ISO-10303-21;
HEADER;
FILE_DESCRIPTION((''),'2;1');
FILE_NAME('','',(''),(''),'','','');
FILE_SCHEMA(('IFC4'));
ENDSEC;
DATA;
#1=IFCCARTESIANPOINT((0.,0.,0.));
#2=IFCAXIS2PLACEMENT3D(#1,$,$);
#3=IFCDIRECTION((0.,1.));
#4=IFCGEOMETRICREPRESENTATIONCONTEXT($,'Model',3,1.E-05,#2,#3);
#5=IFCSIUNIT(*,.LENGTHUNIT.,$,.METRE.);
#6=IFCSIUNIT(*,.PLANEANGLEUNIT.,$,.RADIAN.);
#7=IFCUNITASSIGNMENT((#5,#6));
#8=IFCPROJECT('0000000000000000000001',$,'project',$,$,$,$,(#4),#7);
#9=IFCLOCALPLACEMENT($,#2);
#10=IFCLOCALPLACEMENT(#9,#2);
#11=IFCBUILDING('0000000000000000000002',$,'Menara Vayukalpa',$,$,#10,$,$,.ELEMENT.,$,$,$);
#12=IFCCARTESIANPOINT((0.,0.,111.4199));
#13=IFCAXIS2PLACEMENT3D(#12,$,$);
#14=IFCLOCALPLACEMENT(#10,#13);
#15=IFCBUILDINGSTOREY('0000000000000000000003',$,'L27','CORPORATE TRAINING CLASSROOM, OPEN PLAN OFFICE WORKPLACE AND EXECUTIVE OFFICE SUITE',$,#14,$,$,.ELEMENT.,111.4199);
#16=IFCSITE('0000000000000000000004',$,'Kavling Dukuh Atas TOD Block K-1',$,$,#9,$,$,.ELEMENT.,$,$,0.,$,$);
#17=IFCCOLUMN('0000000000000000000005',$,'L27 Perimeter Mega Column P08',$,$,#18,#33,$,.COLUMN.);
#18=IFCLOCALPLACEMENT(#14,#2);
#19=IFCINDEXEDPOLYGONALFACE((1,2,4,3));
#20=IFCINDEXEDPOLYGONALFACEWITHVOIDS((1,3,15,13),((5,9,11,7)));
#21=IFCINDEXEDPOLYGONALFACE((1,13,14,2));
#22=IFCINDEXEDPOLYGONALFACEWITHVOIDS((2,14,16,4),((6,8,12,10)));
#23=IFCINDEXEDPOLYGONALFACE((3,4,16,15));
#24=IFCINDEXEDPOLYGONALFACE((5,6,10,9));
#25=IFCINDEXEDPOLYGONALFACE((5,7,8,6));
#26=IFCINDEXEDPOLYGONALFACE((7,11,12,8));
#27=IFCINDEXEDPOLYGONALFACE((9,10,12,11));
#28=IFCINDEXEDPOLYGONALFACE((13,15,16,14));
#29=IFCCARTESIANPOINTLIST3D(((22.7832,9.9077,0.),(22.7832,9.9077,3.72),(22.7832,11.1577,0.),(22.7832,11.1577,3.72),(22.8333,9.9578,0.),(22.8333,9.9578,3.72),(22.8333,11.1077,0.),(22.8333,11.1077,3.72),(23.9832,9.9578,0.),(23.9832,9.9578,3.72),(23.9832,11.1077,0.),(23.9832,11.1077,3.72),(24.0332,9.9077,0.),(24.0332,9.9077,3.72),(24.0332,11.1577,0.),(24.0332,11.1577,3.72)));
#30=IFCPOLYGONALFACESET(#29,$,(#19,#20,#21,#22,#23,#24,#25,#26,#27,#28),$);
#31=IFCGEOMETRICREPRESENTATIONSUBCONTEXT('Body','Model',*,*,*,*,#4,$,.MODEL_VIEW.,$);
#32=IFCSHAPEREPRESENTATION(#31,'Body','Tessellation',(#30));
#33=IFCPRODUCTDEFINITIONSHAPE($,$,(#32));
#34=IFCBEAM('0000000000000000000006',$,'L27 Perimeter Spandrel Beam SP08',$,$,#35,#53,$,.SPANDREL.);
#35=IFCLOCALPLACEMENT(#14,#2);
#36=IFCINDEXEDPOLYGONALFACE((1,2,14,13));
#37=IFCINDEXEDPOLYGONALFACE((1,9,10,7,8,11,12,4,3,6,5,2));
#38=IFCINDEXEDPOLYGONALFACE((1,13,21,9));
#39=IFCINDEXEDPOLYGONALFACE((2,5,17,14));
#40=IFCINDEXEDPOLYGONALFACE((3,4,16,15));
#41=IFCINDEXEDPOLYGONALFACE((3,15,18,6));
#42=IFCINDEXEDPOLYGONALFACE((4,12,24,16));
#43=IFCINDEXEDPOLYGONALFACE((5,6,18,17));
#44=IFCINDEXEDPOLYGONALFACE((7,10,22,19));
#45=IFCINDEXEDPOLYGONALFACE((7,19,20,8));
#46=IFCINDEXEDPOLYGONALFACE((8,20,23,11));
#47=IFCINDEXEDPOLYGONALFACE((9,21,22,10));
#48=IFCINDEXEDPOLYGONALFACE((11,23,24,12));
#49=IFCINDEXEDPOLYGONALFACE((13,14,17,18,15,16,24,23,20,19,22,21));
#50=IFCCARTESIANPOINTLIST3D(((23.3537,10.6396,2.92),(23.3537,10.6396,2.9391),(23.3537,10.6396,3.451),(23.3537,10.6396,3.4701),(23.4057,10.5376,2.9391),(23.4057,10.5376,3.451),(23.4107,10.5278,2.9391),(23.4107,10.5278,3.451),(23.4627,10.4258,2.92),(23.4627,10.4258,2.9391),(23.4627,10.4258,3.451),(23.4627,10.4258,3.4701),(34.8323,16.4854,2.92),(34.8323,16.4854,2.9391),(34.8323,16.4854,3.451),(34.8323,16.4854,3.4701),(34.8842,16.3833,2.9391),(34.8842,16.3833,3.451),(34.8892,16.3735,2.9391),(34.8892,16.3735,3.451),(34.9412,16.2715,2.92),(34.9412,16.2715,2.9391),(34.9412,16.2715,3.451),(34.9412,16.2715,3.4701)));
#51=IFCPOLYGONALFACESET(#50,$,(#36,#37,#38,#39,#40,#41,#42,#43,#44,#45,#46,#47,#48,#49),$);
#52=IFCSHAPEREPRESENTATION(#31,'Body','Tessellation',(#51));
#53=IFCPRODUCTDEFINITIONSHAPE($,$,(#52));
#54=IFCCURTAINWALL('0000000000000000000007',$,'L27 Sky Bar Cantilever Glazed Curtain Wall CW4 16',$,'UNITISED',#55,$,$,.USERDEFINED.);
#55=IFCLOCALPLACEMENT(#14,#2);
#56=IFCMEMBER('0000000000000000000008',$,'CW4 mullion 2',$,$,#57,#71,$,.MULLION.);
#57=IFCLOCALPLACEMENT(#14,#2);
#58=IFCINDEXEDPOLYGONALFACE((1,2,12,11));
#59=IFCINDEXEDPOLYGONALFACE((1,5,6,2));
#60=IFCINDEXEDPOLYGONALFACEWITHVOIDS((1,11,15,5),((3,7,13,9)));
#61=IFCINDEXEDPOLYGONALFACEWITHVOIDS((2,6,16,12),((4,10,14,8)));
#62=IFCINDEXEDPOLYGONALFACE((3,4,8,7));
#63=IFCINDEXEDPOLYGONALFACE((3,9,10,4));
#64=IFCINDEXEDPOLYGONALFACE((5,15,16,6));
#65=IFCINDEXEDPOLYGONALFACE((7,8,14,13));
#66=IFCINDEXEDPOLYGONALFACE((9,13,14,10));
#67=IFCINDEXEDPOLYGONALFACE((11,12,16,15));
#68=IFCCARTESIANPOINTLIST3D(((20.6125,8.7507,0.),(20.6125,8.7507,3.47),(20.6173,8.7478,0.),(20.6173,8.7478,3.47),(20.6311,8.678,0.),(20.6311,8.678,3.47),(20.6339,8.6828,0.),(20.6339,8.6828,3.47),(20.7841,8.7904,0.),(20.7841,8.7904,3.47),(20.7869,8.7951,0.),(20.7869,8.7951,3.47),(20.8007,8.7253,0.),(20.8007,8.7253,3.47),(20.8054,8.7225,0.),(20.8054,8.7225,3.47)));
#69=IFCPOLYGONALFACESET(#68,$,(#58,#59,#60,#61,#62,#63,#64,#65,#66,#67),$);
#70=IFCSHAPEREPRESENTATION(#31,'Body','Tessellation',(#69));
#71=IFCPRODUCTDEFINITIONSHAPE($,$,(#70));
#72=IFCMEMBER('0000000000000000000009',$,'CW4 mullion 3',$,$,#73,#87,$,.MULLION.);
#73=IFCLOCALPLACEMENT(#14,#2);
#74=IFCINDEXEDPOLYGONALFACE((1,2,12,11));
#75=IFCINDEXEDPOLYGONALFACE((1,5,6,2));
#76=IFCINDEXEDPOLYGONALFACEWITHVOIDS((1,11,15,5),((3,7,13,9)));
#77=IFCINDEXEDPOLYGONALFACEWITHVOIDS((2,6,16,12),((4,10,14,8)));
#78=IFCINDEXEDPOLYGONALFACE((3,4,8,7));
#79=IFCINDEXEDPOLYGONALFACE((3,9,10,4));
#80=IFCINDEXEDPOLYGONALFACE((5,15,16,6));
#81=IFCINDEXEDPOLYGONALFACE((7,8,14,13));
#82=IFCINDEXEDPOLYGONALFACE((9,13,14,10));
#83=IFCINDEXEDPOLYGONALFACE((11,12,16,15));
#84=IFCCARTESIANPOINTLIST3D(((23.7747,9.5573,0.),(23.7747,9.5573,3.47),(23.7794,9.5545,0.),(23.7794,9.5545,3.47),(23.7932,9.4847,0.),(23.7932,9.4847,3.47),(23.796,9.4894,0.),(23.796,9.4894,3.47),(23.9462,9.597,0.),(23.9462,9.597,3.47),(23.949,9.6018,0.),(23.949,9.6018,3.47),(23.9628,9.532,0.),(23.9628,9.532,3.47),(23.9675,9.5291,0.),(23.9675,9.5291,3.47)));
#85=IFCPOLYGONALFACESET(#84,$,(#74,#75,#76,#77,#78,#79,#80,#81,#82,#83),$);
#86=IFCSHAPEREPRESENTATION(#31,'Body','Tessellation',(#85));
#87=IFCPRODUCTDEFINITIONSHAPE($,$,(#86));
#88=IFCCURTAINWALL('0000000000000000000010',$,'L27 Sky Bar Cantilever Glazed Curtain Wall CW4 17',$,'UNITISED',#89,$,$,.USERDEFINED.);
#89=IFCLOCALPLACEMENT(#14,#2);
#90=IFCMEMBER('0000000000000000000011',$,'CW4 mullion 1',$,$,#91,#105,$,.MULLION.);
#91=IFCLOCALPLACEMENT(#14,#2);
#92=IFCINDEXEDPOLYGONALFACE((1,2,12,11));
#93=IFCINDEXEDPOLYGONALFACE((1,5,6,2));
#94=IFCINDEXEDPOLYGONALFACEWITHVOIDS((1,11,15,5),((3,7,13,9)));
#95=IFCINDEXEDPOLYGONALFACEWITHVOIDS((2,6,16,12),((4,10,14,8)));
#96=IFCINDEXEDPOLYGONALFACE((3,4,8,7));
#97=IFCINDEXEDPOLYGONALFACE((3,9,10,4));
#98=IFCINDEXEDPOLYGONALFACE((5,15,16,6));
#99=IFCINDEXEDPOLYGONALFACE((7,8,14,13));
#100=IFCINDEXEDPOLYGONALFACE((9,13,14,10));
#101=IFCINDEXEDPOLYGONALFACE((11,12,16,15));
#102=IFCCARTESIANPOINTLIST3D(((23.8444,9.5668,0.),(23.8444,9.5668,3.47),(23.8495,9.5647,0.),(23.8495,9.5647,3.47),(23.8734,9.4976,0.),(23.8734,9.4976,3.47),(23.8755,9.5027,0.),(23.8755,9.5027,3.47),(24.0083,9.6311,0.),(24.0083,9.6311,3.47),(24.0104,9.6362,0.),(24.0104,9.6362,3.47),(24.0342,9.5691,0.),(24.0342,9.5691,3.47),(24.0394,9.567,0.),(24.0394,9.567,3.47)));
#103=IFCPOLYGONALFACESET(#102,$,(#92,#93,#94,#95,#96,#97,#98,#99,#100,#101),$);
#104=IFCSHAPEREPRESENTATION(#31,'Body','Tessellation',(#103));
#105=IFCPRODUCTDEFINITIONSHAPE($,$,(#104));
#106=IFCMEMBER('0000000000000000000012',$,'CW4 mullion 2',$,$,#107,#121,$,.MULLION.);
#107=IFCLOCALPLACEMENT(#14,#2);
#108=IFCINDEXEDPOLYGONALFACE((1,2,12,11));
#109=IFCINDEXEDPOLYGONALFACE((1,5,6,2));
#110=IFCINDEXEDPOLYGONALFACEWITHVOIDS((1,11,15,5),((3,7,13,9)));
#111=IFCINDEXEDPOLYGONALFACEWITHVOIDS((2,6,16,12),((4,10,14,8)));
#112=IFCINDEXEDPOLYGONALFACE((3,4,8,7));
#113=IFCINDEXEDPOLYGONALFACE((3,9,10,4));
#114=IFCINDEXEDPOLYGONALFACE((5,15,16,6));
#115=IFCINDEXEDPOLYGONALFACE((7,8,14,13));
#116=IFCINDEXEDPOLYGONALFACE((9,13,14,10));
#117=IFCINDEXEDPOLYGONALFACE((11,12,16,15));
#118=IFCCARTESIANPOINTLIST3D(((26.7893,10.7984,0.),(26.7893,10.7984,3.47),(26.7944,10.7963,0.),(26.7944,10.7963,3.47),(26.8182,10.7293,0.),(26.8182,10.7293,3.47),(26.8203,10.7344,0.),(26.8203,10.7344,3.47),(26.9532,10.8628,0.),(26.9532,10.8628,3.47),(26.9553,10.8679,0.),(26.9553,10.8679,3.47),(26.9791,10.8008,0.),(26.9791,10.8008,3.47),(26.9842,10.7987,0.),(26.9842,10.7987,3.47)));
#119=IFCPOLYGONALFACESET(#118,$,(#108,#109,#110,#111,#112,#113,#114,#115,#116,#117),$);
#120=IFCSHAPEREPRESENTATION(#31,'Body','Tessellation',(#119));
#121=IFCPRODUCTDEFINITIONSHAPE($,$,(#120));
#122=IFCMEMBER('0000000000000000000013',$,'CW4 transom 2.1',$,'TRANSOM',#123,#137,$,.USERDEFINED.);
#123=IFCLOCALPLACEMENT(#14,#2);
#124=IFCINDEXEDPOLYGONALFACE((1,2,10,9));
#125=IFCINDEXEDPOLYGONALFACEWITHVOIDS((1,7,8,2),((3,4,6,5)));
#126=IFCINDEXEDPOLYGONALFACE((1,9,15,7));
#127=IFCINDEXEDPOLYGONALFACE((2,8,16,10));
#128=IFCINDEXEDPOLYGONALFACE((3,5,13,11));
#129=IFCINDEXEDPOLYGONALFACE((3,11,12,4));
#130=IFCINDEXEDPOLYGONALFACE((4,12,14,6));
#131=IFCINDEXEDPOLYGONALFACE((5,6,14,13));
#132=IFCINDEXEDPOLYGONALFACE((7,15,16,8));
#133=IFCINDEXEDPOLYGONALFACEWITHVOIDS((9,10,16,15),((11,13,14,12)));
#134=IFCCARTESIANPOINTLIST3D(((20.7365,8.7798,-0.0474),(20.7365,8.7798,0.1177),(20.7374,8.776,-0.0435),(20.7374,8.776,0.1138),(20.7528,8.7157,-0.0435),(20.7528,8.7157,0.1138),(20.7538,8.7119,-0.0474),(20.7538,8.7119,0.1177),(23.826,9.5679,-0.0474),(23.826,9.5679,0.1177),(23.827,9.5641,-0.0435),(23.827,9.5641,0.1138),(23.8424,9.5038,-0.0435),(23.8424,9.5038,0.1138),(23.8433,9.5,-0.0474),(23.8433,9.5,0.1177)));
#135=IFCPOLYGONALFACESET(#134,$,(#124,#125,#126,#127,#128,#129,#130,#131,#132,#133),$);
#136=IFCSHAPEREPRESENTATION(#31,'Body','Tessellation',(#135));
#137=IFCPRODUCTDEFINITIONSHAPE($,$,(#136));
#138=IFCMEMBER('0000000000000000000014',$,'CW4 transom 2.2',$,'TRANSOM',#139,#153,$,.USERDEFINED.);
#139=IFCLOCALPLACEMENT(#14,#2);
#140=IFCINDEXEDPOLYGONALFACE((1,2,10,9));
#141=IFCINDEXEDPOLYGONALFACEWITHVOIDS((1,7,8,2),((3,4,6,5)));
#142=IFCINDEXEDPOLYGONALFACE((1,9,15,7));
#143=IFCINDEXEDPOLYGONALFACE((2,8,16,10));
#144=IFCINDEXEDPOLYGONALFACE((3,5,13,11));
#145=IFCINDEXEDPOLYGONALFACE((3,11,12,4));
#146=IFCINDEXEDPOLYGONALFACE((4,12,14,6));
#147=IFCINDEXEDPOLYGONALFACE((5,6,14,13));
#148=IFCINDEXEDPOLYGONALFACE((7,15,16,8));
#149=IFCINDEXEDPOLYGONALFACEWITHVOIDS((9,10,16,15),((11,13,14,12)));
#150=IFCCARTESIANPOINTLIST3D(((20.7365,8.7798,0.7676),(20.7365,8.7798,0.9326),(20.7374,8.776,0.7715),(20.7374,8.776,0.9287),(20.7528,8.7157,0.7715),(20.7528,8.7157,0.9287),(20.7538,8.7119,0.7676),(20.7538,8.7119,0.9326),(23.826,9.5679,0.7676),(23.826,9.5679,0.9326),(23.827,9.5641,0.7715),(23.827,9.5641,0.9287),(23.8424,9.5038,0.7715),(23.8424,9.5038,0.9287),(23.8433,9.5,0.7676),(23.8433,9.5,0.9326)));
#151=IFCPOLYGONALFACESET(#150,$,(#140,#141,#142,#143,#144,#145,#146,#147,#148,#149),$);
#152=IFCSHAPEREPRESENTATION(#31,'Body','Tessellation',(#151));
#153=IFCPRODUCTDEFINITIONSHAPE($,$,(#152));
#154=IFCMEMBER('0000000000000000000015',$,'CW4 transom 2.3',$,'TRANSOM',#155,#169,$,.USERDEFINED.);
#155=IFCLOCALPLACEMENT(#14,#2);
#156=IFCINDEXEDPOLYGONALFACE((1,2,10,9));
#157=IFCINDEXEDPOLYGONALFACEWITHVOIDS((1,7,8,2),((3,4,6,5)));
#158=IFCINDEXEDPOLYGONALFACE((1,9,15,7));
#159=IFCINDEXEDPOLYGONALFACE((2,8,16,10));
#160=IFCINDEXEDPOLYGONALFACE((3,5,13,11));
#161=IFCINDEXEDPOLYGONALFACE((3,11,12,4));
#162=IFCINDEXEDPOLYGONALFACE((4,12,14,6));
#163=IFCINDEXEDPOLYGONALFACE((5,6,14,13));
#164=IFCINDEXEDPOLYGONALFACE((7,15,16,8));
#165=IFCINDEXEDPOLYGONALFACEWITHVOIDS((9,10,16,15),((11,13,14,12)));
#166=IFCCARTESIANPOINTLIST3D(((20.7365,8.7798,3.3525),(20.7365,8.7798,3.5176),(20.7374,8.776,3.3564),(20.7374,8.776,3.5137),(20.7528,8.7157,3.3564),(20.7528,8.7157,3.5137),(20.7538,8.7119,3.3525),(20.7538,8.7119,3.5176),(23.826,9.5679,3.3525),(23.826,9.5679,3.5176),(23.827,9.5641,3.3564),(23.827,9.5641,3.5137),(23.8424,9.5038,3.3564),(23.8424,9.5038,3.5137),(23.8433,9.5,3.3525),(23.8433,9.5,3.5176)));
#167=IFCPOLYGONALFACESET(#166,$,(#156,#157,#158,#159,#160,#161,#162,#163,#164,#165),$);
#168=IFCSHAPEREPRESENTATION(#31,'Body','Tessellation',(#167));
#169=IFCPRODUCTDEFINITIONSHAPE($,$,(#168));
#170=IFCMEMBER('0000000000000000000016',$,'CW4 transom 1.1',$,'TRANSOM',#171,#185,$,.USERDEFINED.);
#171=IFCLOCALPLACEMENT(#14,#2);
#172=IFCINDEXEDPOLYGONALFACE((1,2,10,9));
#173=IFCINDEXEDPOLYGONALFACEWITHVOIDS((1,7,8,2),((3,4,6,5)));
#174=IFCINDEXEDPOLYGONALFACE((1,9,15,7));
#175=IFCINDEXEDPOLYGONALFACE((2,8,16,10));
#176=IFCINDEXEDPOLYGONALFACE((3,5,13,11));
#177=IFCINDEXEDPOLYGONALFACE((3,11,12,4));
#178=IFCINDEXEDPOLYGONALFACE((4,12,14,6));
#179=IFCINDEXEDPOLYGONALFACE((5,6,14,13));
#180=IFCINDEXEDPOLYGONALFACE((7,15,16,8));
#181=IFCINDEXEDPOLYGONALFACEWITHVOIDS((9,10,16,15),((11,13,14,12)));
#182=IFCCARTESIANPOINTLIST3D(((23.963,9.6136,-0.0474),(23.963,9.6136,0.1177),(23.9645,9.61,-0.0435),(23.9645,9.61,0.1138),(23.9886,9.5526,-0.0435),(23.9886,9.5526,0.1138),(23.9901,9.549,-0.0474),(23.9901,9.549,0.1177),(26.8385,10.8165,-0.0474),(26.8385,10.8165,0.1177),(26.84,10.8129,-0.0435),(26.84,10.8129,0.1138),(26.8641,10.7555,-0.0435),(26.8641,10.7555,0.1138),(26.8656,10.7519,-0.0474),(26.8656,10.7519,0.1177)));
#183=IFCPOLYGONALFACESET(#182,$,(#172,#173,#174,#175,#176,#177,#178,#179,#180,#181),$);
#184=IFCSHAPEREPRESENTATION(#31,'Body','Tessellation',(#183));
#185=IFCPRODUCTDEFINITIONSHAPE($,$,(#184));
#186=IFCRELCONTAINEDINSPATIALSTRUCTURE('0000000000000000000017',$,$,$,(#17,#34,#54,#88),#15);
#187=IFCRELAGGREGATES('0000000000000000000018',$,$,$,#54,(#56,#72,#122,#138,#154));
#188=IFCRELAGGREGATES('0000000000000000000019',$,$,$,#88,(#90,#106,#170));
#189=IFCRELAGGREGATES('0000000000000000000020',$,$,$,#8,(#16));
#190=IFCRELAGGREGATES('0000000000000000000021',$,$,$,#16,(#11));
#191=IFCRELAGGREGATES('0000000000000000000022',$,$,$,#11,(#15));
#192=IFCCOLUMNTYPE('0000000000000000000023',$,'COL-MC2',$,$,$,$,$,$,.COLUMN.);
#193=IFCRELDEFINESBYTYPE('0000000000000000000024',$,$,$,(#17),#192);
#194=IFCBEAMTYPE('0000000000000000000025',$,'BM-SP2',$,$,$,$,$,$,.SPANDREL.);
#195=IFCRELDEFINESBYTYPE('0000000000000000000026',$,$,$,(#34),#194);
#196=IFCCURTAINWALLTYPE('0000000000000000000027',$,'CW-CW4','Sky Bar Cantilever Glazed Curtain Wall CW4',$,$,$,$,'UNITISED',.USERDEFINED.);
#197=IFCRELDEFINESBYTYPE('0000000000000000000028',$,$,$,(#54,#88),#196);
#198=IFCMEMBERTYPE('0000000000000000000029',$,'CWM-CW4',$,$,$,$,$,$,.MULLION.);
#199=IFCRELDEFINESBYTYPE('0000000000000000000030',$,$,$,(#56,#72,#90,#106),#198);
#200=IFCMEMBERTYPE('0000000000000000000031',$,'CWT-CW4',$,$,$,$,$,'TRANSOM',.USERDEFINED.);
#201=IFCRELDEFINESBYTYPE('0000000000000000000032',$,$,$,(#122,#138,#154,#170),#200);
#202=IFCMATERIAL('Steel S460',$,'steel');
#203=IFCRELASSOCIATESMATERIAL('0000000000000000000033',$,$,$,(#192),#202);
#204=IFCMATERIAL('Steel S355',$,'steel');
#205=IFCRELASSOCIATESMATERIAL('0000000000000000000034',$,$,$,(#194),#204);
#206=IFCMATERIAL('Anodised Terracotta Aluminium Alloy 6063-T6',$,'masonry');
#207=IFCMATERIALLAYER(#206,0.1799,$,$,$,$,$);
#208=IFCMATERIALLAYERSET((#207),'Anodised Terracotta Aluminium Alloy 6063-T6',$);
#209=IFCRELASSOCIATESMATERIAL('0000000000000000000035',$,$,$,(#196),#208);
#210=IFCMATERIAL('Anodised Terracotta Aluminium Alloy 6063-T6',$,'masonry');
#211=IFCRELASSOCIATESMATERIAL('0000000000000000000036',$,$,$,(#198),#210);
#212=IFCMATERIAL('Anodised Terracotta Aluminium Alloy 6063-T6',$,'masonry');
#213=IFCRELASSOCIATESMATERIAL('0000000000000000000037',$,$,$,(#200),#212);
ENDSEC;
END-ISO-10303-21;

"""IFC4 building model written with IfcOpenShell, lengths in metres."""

from ifc_helpers import new_model, si_unit, direction, frame, origin, origin_2d, place, context, subcontext, project, spatial, hollow_rectangle, i_section, extrude, material, layer, layer_set, material_profile, profile_set, type_object, element, aggregate, save


model = new_model("IFC4")

# Units and contexts
model_context = context("Model", 3, precision=1e-05, world=origin(), true_north=direction((0.0, 1.0)))
body_context = subcontext(model_context, "Body", "Model", "MODEL_VIEW")
ifc_project = project(units=[si_unit("LENGTHUNIT", "METRE"), si_unit("PLANEANGLEUNIT", "RADIAN")], contexts=[model_context])

# Site, building, storey
site_placement = place(None, origin())
site = spatial("IfcSite", under=ifc_project, at=site_placement, Name="Kavling Dukuh Atas TOD Block K-1", CompositionType="ELEMENT", RefElevation=0.0)
building_placement = place(site_placement, origin())
building = spatial("IfcBuilding", under=site, at=building_placement, Name="Menara Vayukalpa", CompositionType="ELEMENT")
storey_placement = place(building_placement, frame((0.0, 0.0, 111.4199)))
storey = spatial("IfcBuildingStorey", under=building, at=storey_placement, Name="L27", Description="CORPORATE TRAINING CLASSROOM, OPEN PLAN OFFICE WORKPLACE AND EXECUTIVE OFFICE SUITE", CompositionType="ELEMENT", Elevation=111.4199)

# Column
ifc_material_1 = material(Name="Steel S460", Category="steel")
ifc_material_profile_1 = material_profile(ifc_material_1, hollow_rectangle(XDim=1.25, YDim=1.25, WallThickness=0.05, at=origin_2d()), Name="BOX 1250x1250x50")
ifc_profile_set_1 = profile_set([ifc_material_profile_1], Name="Steel S460")
column_type = type_object("IfcColumnType", Name="COL-MC2", PredefinedType="COLUMN", material=ifc_profile_set_1)
column_placement = place(storey_placement, frame((23.4082, 10.5327, 0.0), z_axis=(0.0, 0.0, 1.0), x_axis=(1.0, 0.0, 0.0)))
element("IfcColumn", 1, at=column_placement, inside=storey, type_object=column_type, Name="L27 Perimeter Mega Column P08", PredefinedType="COLUMN", context=body_context, shape_type="SweptSolid", body=[
    extrude(hollow_rectangle(XDim=1.25, YDim=1.25, WallThickness=0.05, at=origin_2d()), origin(), (0.0, 0.0, 1.0), 3.72),
])

# Beam
ifc_material_2 = material(Name="Steel S355", Category="steel")
ifc_material_profile_2 = material_profile(ifc_material_2, i_section(OverallWidth=0.24, OverallDepth=0.55, WebThickness=0.011, FlangeThickness=0.019, at=origin_2d()), Name="WF 550x240x11x19")
ifc_profile_set_2 = profile_set([ifc_material_profile_2], Name="Steel S355")
beam_type = type_object("IfcBeamType", Name="BM-SP2", PredefinedType="SPANDREL", material=ifc_profile_set_2)
beam_placement = place(storey_placement, frame((23.4082, 10.5327, 3.1951), z_axis=(0.891097, 0.453812, 0.0), x_axis=(-0.453812, 0.891097, 0.0)))
element("IfcBeam", 2, at=beam_placement, inside=storey, type_object=beam_type, Name="L27 Perimeter Spandrel Beam SP08", PredefinedType="SPANDREL", context=body_context, shape_type="SweptSolid", body=[
    extrude(i_section(OverallWidth=0.24, OverallDepth=0.55, WebThickness=0.011, FlangeThickness=0.019, at=origin_2d()), origin(), (0.0, 0.0, 1.0), 12.8813),
])

# Curtain walls, members
ifc_material_3 = material(Name="Anodised Terracotta Aluminium Alloy 6063-T6", Category="masonry")
ifc_layer_1 = layer(ifc_material_3, 0.1799)
ifc_layer_set_1 = layer_set([ifc_layer_1], Name="Anodised Terracotta Aluminium Alloy 6063-T6")
curtain_wall_type = type_object("IfcCurtainWallType", Name="CW-CW4", Description="Sky Bar Cantilever Glazed Curtain Wall CW4", ElementType="UNITISED", PredefinedType="USERDEFINED", material=ifc_layer_set_1)
curtain_wall_1_placement = place(storey_placement, origin())
curtain_wall_1 = element("IfcCurtainWall", 3, at=curtain_wall_1_placement, inside=storey, type_object=curtain_wall_type, Name="L27 Sky Bar Cantilever Glazed Curtain Wall CW4 16", ObjectType="UNITISED", PredefinedType="USERDEFINED")
ifc_material_4 = material(Name="Anodised Terracotta Aluminium Alloy 6063-T6", Category="masonry")
ifc_material_profile_3 = material_profile(ifc_material_4, hollow_rectangle(XDim=0.075, YDim=0.1799, WallThickness=0.0039, at=origin_2d()), Name="ALU 75x180x4")
ifc_profile_set_3 = profile_set([ifc_material_profile_3], Name="Anodised Terracotta Aluminium Alloy 6063-T6")
member_type_1 = type_object("IfcMemberType", Name="CWM-CW4", PredefinedType="MULLION", material=ifc_profile_set_3)
member_1_placement = place(storey_placement, frame((20.709, 8.7366, 0.0), z_axis=(0.0, 0.0, 1.0), x_axis=(-0.247131, 0.968982, 0.0)))
member_1 = element("IfcMember", 4, at=member_1_placement, type_object=member_type_1, Name="CW4 mullion 2", PredefinedType="MULLION", context=body_context, shape_type="SweptSolid", body=[
    extrude(hollow_rectangle(XDim=0.075, YDim=0.1799, WallThickness=0.0039, at=origin_2d()), origin(), (0.0, 0.0, 1.0), 3.47),
])
member_2_placement = place(storey_placement, frame((23.8711, 9.5432, 0.0), z_axis=(0.0, 0.0, 1.0), x_axis=(-0.247131, 0.968982, 0.0)))
member_2 = element("IfcMember", 5, at=member_2_placement, type_object=member_type_1, Name="CW4 mullion 3", PredefinedType="MULLION", context=body_context, shape_type="SweptSolid", body=[
    extrude(hollow_rectangle(XDim=0.075, YDim=0.1799, WallThickness=0.0039, at=origin_2d()), origin(), (0.0, 0.0, 1.0), 3.47),
])
curtain_wall_2_placement = place(storey_placement, origin())
curtain_wall_2 = element("IfcCurtainWall", 6, at=curtain_wall_2_placement, inside=storey, type_object=curtain_wall_type, Name="L27 Sky Bar Cantilever Glazed Curtain Wall CW4 17", ObjectType="UNITISED", PredefinedType="USERDEFINED")
member_3_placement = place(storey_placement, frame((23.9419, 9.5669, 0.0), z_axis=(0.0, 0.0, 1.0), x_axis=(-0.385894, 0.922543, 0.0)))
member_3 = element("IfcMember", 7, at=member_3_placement, type_object=member_type_1, Name="CW4 mullion 1", PredefinedType="MULLION", context=body_context, shape_type="SweptSolid", body=[
    extrude(hollow_rectangle(XDim=0.075, YDim=0.1799, WallThickness=0.0039, at=origin_2d()), origin(), (0.0, 0.0, 1.0), 3.47),
])
member_4_placement = place(storey_placement, frame((26.8867, 10.7986, 0.0), z_axis=(0.0, 0.0, 1.0), x_axis=(-0.385894, 0.922543, 0.0)))
member_4 = element("IfcMember", 8, at=member_4_placement, type_object=member_type_1, Name="CW4 mullion 2", PredefinedType="MULLION", context=body_context, shape_type="SweptSolid", body=[
    extrude(hollow_rectangle(XDim=0.075, YDim=0.1799, WallThickness=0.0039, at=origin_2d()), origin(), (0.0, 0.0, 1.0), 3.47),
])

# Members
ifc_material_5 = material(Name="Anodised Terracotta Aluminium Alloy 6063-T6", Category="masonry")
ifc_material_profile_4 = material_profile(ifc_material_5, hollow_rectangle(XDim=0.0701, YDim=0.165, WallThickness=0.0039, at=origin_2d()), Name="ALU 70x165x4")
ifc_profile_set_4 = profile_set([ifc_material_profile_4], Name="Anodised Terracotta Aluminium Alloy 6063-T6")
member_type_2 = type_object("IfcMemberType", Name="CWT-CW4", ElementType="TRANSOM", PredefinedType="USERDEFINED", material=ifc_profile_set_4)
member_5_placement = place(storey_placement, frame((20.7451, 8.7458, 0.0352), z_axis=(0.968974, 0.247163, 0.0), x_axis=(-0.247163, 0.968974, 0.0)))
member_5 = element("IfcMember", 9, at=member_5_placement, type_object=member_type_2, Name="CW4 transom 2.1", ObjectType="TRANSOM", PredefinedType="USERDEFINED", context=body_context, shape_type="SweptSolid", body=[
    extrude(hollow_rectangle(XDim=0.0701, YDim=0.165, WallThickness=0.0039, at=origin_2d()), origin(), (0.0, 0.0, 1.0), 3.1885),
])
member_6_placement = place(storey_placement, frame((20.7451, 8.7458, 0.8501), z_axis=(0.968974, 0.247163, 0.0), x_axis=(-0.247163, 0.968974, 0.0)))
member_6 = element("IfcMember", 10, at=member_6_placement, type_object=member_type_2, Name="CW4 transom 2.2", ObjectType="TRANSOM", PredefinedType="USERDEFINED", context=body_context, shape_type="SweptSolid", body=[
    extrude(hollow_rectangle(XDim=0.0701, YDim=0.165, WallThickness=0.0039, at=origin_2d()), origin(), (0.0, 0.0, 1.0), 3.1885),
])
member_7_placement = place(storey_placement, frame((20.7451, 8.7458, 3.4351), z_axis=(0.968974, 0.247163, 0.0), x_axis=(-0.247163, 0.968974, 0.0)))
member_7 = element("IfcMember", 11, at=member_7_placement, type_object=member_type_2, Name="CW4 transom 2.3", ObjectType="TRANSOM", PredefinedType="USERDEFINED", context=body_context, shape_type="SweptSolid", body=[
    extrude(hollow_rectangle(XDim=0.0701, YDim=0.165, WallThickness=0.0039, at=origin_2d()), origin(), (0.0, 0.0, 1.0), 3.1885),
])
member_8_placement = place(storey_placement, frame((23.9766, 9.5813, 0.0352), z_axis=(0.922534, 0.385916, 0.0), x_axis=(-0.385916, 0.922534, 0.0)))
member_8 = element("IfcMember", 12, at=member_8_placement, type_object=member_type_2, Name="CW4 transom 1.1", ObjectType="TRANSOM", PredefinedType="USERDEFINED", context=body_context, shape_type="SweptSolid", body=[
    extrude(hollow_rectangle(XDim=0.0701, YDim=0.165, WallThickness=0.0039, at=origin_2d()), origin(), (0.0, 0.0, 1.0), 3.1169),
])

aggregate(curtain_wall_1, [member_1, member_2, member_5, member_6, member_7])
aggregate(curtain_wall_2, [member_3, member_4, member_8])

save(model, "model.ifc")
